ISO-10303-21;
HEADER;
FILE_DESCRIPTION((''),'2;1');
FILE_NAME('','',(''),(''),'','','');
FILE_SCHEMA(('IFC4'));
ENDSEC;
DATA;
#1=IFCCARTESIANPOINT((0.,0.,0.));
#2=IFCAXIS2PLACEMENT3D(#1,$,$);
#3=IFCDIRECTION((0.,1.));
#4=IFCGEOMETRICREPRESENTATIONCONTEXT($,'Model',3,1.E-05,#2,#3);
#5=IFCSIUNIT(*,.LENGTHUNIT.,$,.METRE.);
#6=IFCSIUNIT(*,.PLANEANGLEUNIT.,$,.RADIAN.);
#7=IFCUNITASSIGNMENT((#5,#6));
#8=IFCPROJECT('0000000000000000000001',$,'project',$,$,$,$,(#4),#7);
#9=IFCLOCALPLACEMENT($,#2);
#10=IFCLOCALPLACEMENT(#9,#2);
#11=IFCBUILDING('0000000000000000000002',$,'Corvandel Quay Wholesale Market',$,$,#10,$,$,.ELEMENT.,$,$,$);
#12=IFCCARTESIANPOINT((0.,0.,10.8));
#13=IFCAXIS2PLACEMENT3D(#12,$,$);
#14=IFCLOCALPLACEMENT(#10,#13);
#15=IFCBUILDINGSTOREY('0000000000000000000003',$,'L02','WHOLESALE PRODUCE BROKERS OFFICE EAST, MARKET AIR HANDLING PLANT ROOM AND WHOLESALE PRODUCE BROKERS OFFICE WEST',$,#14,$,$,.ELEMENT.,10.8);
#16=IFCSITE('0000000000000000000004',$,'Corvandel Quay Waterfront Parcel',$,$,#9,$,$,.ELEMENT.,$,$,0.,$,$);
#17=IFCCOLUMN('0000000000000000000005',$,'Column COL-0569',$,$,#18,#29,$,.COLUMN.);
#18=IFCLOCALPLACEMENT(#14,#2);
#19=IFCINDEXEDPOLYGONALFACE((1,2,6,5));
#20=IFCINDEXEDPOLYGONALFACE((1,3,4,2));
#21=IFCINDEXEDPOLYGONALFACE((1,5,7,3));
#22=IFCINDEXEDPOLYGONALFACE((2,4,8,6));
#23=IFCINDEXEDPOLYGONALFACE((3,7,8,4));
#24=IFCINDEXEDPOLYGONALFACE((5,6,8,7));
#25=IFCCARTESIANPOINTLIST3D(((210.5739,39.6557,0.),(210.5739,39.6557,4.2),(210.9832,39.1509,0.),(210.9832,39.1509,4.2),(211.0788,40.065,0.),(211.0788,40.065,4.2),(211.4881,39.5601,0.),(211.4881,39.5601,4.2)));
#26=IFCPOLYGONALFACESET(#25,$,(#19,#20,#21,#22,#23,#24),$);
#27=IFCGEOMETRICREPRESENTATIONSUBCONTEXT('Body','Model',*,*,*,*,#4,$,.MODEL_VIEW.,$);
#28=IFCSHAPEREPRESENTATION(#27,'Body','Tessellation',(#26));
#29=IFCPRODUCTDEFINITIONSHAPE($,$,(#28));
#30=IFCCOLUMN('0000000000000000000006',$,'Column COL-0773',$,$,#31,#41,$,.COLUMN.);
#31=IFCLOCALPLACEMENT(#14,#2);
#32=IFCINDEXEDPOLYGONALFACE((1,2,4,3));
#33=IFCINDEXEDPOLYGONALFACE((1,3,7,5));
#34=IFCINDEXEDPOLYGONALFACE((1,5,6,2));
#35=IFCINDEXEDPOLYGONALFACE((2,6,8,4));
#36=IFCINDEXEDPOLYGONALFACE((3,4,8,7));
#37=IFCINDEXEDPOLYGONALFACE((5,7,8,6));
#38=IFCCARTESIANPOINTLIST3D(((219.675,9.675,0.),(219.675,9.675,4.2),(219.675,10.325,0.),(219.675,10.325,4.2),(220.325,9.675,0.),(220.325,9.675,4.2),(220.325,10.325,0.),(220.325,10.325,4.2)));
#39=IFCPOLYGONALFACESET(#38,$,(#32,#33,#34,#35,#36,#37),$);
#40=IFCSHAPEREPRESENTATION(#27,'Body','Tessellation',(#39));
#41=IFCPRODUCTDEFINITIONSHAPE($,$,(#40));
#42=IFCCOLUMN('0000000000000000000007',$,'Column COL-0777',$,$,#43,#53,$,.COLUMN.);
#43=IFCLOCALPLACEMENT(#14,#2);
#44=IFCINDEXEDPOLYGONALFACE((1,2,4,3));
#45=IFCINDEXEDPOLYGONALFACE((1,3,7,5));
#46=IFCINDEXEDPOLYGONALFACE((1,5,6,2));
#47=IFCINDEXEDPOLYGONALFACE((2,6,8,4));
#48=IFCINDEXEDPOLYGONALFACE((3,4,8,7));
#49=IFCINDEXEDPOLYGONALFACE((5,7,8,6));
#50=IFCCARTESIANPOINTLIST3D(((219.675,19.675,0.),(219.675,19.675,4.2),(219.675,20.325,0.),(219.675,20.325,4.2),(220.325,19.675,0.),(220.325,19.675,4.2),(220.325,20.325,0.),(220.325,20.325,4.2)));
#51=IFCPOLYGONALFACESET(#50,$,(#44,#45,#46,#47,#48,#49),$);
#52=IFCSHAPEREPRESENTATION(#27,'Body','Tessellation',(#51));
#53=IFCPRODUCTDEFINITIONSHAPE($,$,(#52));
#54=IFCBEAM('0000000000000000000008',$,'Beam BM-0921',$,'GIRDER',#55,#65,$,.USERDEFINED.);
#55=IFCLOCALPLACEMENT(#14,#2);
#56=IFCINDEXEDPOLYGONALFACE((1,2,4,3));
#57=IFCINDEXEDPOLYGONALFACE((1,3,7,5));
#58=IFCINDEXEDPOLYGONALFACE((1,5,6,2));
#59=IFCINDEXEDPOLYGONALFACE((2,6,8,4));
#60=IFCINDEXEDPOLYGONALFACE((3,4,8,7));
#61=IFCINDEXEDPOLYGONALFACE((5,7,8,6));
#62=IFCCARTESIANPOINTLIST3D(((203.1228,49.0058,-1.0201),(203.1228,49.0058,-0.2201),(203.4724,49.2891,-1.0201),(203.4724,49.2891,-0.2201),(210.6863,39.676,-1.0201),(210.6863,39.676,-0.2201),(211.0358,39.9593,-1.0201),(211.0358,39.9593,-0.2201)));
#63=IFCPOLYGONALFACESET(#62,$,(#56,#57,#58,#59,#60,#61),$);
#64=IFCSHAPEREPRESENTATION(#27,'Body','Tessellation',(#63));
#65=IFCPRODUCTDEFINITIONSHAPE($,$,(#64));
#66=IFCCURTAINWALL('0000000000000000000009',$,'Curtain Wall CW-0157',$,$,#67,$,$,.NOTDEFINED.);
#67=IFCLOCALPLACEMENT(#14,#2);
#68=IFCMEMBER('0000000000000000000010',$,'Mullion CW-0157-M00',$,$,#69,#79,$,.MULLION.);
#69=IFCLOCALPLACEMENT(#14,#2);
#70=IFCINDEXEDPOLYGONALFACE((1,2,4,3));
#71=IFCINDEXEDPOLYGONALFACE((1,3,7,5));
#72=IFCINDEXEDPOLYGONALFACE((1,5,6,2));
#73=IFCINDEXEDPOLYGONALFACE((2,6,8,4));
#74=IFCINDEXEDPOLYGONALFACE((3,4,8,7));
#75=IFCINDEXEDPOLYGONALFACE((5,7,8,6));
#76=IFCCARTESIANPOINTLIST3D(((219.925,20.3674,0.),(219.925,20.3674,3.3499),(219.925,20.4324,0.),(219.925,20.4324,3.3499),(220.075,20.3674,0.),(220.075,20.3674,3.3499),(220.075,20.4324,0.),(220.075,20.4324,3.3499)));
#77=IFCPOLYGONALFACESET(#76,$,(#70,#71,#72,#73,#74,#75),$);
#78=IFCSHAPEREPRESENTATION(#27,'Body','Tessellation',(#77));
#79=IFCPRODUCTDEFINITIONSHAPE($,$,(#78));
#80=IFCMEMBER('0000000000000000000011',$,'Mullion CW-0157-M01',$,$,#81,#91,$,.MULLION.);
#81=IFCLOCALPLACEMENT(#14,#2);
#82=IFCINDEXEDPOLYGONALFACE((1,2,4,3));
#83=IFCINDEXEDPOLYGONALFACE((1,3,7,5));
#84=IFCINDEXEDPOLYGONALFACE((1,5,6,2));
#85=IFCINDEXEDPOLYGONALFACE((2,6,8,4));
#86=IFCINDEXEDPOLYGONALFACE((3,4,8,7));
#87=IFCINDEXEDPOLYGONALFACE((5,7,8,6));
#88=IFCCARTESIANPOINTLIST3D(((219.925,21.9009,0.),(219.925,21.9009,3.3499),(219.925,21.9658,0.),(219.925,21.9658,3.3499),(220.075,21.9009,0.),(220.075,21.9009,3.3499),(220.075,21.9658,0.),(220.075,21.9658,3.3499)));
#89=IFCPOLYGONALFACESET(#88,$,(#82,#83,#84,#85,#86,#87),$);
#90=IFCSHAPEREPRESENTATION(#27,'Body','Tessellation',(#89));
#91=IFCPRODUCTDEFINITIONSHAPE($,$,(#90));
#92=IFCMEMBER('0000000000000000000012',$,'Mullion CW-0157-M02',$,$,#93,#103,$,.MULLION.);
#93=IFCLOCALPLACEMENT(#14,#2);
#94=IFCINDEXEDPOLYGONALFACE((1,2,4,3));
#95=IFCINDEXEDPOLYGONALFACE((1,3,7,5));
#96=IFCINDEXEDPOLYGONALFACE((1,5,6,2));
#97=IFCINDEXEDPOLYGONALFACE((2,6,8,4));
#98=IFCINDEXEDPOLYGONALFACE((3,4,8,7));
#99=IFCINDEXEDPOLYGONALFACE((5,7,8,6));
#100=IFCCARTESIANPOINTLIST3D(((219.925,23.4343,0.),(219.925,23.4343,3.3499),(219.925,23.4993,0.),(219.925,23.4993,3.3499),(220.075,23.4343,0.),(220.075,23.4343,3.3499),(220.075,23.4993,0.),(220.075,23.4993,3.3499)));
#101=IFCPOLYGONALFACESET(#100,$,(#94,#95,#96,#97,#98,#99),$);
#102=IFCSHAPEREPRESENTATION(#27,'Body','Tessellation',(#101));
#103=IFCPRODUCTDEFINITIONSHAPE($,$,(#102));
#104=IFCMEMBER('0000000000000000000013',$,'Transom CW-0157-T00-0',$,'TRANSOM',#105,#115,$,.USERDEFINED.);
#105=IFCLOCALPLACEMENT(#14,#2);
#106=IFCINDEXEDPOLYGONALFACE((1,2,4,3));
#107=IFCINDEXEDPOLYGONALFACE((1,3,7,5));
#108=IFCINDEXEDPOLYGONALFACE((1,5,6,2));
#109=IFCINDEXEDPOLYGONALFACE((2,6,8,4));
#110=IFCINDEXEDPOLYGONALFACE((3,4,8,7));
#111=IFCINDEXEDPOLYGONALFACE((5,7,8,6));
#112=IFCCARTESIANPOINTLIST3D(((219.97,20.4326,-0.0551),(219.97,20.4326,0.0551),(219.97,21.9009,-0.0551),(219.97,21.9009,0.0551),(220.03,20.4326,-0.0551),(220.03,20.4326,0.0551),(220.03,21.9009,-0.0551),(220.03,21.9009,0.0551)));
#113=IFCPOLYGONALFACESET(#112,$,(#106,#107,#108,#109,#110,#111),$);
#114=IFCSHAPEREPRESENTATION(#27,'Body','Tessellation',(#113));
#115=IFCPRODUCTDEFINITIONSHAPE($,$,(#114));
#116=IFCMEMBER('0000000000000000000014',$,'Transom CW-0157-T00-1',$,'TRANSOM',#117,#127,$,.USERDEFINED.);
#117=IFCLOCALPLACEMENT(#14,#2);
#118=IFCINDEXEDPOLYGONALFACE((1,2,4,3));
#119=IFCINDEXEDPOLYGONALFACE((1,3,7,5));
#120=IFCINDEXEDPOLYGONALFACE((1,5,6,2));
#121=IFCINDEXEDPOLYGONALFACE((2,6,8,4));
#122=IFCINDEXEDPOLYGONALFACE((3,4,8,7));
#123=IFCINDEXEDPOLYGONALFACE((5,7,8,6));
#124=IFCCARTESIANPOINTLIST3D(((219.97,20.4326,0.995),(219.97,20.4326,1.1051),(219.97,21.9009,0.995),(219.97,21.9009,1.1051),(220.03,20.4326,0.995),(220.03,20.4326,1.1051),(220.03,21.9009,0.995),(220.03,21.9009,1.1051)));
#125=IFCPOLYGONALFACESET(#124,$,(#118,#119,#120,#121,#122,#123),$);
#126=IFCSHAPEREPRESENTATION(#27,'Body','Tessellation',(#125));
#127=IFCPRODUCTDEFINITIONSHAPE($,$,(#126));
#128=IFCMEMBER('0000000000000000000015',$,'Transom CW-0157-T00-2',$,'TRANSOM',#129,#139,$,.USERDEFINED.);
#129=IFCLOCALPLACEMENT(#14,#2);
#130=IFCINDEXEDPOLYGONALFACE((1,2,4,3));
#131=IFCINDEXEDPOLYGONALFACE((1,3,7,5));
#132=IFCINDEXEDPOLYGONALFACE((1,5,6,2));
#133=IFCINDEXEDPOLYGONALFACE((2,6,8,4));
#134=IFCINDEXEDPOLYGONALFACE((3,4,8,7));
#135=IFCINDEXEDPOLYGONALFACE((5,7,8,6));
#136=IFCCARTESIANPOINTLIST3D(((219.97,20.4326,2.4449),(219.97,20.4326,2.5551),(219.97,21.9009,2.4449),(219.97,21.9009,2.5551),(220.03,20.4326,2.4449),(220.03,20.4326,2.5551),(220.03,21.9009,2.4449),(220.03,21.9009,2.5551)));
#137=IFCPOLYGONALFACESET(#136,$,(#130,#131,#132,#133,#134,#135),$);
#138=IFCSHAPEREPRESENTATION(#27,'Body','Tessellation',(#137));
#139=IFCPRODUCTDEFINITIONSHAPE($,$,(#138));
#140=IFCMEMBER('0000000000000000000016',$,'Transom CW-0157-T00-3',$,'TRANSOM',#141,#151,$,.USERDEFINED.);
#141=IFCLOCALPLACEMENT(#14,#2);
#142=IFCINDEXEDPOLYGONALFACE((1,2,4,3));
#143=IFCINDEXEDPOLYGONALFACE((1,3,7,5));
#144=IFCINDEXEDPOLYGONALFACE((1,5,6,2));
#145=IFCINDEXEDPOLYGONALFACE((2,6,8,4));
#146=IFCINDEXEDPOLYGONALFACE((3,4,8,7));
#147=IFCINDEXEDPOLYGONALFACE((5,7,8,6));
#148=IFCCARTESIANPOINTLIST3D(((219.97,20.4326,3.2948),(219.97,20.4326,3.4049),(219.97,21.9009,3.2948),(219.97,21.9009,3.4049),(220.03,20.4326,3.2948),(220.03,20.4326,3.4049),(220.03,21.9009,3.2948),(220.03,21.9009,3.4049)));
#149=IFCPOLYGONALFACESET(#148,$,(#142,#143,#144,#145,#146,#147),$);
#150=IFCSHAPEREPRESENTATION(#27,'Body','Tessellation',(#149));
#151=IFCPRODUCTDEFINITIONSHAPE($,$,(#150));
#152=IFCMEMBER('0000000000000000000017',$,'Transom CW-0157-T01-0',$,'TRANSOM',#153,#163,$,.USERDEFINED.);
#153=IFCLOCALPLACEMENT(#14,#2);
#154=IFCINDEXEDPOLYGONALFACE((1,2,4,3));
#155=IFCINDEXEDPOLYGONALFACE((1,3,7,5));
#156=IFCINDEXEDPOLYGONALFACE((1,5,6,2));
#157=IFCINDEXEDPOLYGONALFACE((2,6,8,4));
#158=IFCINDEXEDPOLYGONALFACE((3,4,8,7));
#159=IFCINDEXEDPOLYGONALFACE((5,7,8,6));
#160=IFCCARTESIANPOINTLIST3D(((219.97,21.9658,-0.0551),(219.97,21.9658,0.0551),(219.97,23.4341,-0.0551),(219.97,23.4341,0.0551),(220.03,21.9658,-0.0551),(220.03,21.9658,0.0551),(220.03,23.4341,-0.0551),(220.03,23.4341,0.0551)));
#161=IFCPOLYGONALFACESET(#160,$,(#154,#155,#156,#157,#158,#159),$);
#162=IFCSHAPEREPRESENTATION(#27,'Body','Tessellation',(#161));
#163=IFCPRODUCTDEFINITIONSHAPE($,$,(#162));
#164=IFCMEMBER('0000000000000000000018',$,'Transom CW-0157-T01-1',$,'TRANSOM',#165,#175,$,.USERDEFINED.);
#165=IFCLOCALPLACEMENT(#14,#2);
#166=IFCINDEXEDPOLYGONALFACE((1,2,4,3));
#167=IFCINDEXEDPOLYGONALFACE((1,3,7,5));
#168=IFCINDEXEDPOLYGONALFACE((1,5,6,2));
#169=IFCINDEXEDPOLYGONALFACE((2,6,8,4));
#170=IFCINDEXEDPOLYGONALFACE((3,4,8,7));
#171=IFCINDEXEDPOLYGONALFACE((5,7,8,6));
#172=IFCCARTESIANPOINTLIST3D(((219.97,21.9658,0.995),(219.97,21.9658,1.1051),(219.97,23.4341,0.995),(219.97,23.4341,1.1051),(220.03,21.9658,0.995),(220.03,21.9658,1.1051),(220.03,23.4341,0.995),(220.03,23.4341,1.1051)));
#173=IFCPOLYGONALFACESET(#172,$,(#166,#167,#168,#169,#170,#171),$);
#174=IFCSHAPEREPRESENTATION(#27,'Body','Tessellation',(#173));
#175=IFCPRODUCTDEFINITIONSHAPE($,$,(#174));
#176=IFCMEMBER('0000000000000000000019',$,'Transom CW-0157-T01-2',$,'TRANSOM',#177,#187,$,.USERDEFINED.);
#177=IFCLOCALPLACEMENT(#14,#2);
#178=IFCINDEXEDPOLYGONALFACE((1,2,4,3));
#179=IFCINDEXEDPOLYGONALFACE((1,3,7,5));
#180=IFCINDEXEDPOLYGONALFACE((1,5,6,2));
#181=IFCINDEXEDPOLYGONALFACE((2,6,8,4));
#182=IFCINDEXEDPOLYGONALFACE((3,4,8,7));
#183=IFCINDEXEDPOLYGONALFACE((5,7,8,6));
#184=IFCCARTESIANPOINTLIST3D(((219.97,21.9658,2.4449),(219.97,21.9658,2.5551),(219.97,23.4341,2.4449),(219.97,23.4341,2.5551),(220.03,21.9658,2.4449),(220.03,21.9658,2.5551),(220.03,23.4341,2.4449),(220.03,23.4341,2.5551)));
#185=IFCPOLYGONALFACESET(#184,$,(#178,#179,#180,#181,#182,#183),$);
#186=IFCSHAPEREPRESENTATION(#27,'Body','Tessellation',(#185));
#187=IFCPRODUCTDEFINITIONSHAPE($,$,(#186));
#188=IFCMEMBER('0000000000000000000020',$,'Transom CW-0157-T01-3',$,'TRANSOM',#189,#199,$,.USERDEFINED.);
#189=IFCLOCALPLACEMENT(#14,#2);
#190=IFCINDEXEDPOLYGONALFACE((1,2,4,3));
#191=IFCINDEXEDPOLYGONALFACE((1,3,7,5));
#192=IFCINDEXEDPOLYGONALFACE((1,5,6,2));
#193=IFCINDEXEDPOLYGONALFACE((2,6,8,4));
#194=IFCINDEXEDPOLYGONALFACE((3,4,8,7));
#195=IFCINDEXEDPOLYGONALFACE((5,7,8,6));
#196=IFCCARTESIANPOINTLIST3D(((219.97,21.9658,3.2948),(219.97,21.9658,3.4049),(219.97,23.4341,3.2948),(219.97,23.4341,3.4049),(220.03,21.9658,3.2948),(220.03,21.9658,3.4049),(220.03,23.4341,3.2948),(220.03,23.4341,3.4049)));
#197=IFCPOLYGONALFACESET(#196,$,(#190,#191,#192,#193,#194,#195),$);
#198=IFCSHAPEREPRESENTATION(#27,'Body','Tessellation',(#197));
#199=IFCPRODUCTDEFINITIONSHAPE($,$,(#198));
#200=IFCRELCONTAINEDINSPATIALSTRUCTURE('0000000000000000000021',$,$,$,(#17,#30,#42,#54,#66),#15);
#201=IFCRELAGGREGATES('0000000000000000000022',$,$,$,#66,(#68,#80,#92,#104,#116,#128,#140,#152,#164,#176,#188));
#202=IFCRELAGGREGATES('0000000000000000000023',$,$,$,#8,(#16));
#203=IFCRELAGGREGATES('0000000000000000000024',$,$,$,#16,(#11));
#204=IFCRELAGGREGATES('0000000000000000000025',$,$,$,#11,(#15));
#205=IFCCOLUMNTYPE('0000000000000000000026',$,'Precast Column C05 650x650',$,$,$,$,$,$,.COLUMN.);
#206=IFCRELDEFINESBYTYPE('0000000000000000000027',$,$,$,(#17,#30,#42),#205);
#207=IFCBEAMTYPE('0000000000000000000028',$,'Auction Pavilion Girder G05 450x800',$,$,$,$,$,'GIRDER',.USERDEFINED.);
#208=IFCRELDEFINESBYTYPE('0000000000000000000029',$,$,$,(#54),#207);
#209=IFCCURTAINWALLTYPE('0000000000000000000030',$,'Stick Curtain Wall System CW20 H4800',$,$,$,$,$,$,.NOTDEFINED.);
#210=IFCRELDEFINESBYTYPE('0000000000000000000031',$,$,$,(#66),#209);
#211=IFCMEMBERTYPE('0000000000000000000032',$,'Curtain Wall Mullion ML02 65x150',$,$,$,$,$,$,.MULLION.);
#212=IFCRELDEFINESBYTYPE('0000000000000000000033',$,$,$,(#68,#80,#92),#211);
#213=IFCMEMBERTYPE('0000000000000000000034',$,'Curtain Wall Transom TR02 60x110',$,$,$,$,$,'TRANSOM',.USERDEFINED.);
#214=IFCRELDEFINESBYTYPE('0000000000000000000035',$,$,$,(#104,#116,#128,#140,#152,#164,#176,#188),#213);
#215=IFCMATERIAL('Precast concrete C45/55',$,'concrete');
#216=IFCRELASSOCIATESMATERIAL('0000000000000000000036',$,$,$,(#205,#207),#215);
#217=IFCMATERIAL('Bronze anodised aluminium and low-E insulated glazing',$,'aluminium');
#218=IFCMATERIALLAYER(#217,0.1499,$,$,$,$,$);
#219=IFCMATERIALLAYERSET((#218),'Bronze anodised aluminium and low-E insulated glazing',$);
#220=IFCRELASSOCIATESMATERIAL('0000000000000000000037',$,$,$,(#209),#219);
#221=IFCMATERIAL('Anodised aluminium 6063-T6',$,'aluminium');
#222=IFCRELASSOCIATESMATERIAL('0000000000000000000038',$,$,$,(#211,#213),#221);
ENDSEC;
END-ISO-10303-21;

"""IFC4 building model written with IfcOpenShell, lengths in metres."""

from ifc_helpers import new_model, si_unit, direction, frame, origin, origin_2d, place, context, subcontext, project, spatial, rectangle, extrude, material, layer, layer_set, material_profile, profile_set, type_object, element, aggregate, save


model = new_model("IFC4")

# Units and contexts
model_context = context("Model", 3, precision=1e-05, world=origin(), true_north=direction((0.0, 1.0)))
body_context = subcontext(model_context, "Body", "Model", "MODEL_VIEW")
ifc_project = project(units=[si_unit("LENGTHUNIT", "METRE"), si_unit("PLANEANGLEUNIT", "RADIAN")], contexts=[model_context])

# Site, building, storey
site_placement = place(None, origin())
site = spatial("IfcSite", under=ifc_project, at=site_placement, Name="Corvandel Quay Waterfront Parcel", CompositionType="ELEMENT", RefElevation=0.0)
building_placement = place(site_placement, origin())
building = spatial("IfcBuilding", under=site, at=building_placement, Name="Corvandel Quay Wholesale Market", CompositionType="ELEMENT")
storey_placement = place(building_placement, frame((0.0, 0.0, 10.8)))
storey = spatial("IfcBuildingStorey", under=building, at=storey_placement, Name="L02", Description="WHOLESALE PRODUCE BROKERS OFFICE EAST, MARKET AIR HANDLING PLANT ROOM AND WHOLESALE PRODUCE BROKERS OFFICE WEST", CompositionType="ELEMENT", Elevation=10.8)

# Columns
ifc_material_1 = material(Name="Precast concrete C45/55", Category="concrete")
ifc_material_profile_1 = material_profile(ifc_material_1, rectangle(XDim=0.6499, YDim=0.6499, at=origin_2d()), Name="PC-COL-650x650")
ifc_profile_set_1 = profile_set([ifc_material_profile_1], Name="Precast concrete C45/55")
column_type = type_object("IfcColumnType", Name="Precast Column C05 650x650", PredefinedType="COLUMN", material=ifc_profile_set_1)
for number, where, z_axis, x_axis, name in (
    (1, (211.031, 39.6079, 0.0), (0.0, 0.0, 1.0), (0.776816, 0.629727, 0.0), "Column COL-0569"),
    (2, (220.0, 10.0, 0.0), (0.0, 0.0, 1.0), (1.0, 0.0, 0.0), "Column COL-0773"),
    (3, (220.0, 20.0, 0.0), (0.0, 0.0, 1.0), (1.0, 0.0, 0.0), "Column COL-0777"),
):
    element("IfcColumn", number, at=place(storey_placement, frame(where, z_axis=z_axis, x_axis=x_axis)), inside=storey, type_object=column_type, Name=name, PredefinedType="COLUMN", context=body_context, shape_type="SweptSolid", body=[
        extrude(rectangle(XDim=0.6499, YDim=0.6499, at=origin_2d()), origin(), (0.0, 0.0, 1.0), 4.2),
    ])

# Beam
ifc_material_profile_2 = material_profile(ifc_material_1, rectangle(XDim=0.45, YDim=0.8, at=origin_2d()), Name="PC-GIR-450x800")
ifc_profile_set_2 = profile_set([ifc_material_profile_2], Name="Precast concrete C45/55")
beam_type_1 = type_object("IfcBeamType", Name="Auction Pavilion Girder G05 450x800", ElementType="GIRDER", PredefinedType="USERDEFINED", material=ifc_profile_set_2)
beam_1_placement = place(storey_placement, frame((210.8611, 39.8176, -0.6201), z_axis=(-0.629739, 0.776807, 0.0), x_axis=(-0.776807, -0.629739, 0.0)))
element("IfcBeam", 4, at=beam_1_placement, inside=storey, type_object=beam_type_1, Name="Beam BM-0921", ObjectType="GIRDER", PredefinedType="USERDEFINED", context=body_context, shape_type="SweptSolid", body=[
    extrude(rectangle(XDim=0.45, YDim=0.8, at=origin_2d()), origin(), (0.0, 0.0, 1.0), 12.0105),
])

# Curtain wall, members
ifc_material_2 = material(Name="Bronze anodised aluminium and low-E insulated glazing", Category="aluminium")
ifc_layer_1 = layer(ifc_material_2, 0.1499)
ifc_layer_set_1 = layer_set([ifc_layer_1], Name="Bronze anodised aluminium and low-E insulated glazing")
curtain_wall_type = type_object("IfcCurtainWallType", Name="Stick Curtain Wall System CW20 H4800", PredefinedType="NOTDEFINED", material=ifc_layer_set_1)
curtain_wall_placement = place(storey_placement, origin())
curtain_wall = element("IfcCurtainWall", 5, at=curtain_wall_placement, inside=storey, type_object=curtain_wall_type, Name="Curtain Wall CW-0157", PredefinedType="NOTDEFINED")
ifc_material_3 = material(Name="Anodised aluminium 6063-T6", Category="aluminium")
ifc_material_profile_3 = material_profile(ifc_material_3, rectangle(XDim=0.0649, YDim=0.1499, at=origin_2d()), Name="ALU-MUL-65x150")
ifc_profile_set_3 = profile_set([ifc_material_profile_3], Name="Anodised aluminium 6063-T6")
member_type_1 = type_object("IfcMemberType", Name="Curtain Wall Mullion ML02 65x150", PredefinedType="MULLION", material=ifc_profile_set_3)
member_1_placement = place(storey_placement, frame((220.0, 20.3999, 0.0), z_axis=(0.0, 0.0, 1.0), x_axis=(0.0, 1.0, 0.0)))
member_1 = element("IfcMember", 6, at=member_1_placement, type_object=member_type_1, Name="Mullion CW-0157-M00", PredefinedType="MULLION", context=body_context, shape_type="SweptSolid", body=[
    extrude(rectangle(XDim=0.0649, YDim=0.1499, at=origin_2d()), origin(), (0.0, 0.0, 1.0), 3.3499),
])
member_2_placement = place(storey_placement, frame((220.0, 21.9333, 0.0), z_axis=(0.0, 0.0, 1.0), x_axis=(0.0, 1.0, 0.0)))
member_2 = element("IfcMember", 7, at=member_2_placement, type_object=member_type_1, Name="Mullion CW-0157-M01", PredefinedType="MULLION", context=body_context, shape_type="SweptSolid", body=[
    extrude(rectangle(XDim=0.0649, YDim=0.1499, at=origin_2d()), origin(), (0.0, 0.0, 1.0), 3.3499),
])
member_3_placement = place(storey_placement, frame((220.0, 23.4668, 0.0), z_axis=(0.0, 0.0, 1.0), x_axis=(0.0, 1.0, 0.0)))
member_3 = element("IfcMember", 8, at=member_3_placement, type_object=member_type_1, Name="Mullion CW-0157-M02", PredefinedType="MULLION", context=body_context, shape_type="SweptSolid", body=[
    extrude(rectangle(XDim=0.0649, YDim=0.1499, at=origin_2d()), origin(), (0.0, 0.0, 1.0), 3.3499),
])
ifc_material_profile_4 = material_profile(ifc_material_3, rectangle(XDim=0.0601, YDim=0.1101, at=origin_2d()), Name="ALU-TRN-60x110")
ifc_profile_set_4 = profile_set([ifc_material_profile_4], Name="Anodised aluminium 6063-T6")
member_type_2 = type_object("IfcMemberType", Name="Curtain Wall Transom TR02 60x110", ElementType="TRANSOM", PredefinedType="USERDEFINED", material=ifc_profile_set_4)
member_4_placement = place(storey_placement, frame((220.0, 20.4326, 0.0), z_axis=(0.0, 1.0, 0.0), x_axis=(-1.0, 0.0, 0.0)))
member_4 = element("IfcMember", 9, at=member_4_placement, type_object=member_type_2, Name="Transom CW-0157-T00-0", ObjectType="TRANSOM", PredefinedType="USERDEFINED", context=body_context, shape_type="SweptSolid", body=[
    extrude(rectangle(XDim=0.0601, YDim=0.1101, at=origin_2d()), origin(), (0.0, 0.0, 1.0), 1.4683),
])
member_5_placement = place(storey_placement, frame((220.0, 20.4326, 1.05), z_axis=(0.0, 1.0, 0.0), x_axis=(-1.0, 0.0, 0.0)))
member_5 = element("IfcMember", 10, at=member_5_placement, type_object=member_type_2, Name="Transom CW-0157-T00-1", ObjectType="TRANSOM", PredefinedType="USERDEFINED", context=body_context, shape_type="SweptSolid", body=[
    extrude(rectangle(XDim=0.0601, YDim=0.1101, at=origin_2d()), origin(), (0.0, 0.0, 1.0), 1.4683),
])
member_6_placement = place(storey_placement, frame((220.0, 20.4326, 2.5), z_axis=(0.0, 1.0, 0.0), x_axis=(-1.0, 0.0, 0.0)))
member_6 = element("IfcMember", 11, at=member_6_placement, type_object=member_type_2, Name="Transom CW-0157-T00-2", ObjectType="TRANSOM", PredefinedType="USERDEFINED", context=body_context, shape_type="SweptSolid", body=[
    extrude(rectangle(XDim=0.0601, YDim=0.1101, at=origin_2d()), origin(), (0.0, 0.0, 1.0), 1.4683),
])
member_7_placement = place(storey_placement, frame((220.0, 20.4326, 3.3499), z_axis=(0.0, 1.0, 0.0), x_axis=(-1.0, 0.0, 0.0)))
member_7 = element("IfcMember", 12, at=member_7_placement, type_object=member_type_2, Name="Transom CW-0157-T00-3", ObjectType="TRANSOM", PredefinedType="USERDEFINED", context=body_context, shape_type="SweptSolid", body=[
    extrude(rectangle(XDim=0.0601, YDim=0.1101, at=origin_2d()), origin(), (0.0, 0.0, 1.0), 1.4683),
])
member_8_placement = place(storey_placement, frame((220.0, 21.9658, 0.0), z_axis=(0.0, 1.0, 0.0), x_axis=(-1.0, 0.0, 0.0)))
member_8 = element("IfcMember", 13, at=member_8_placement, type_object=member_type_2, Name="Transom CW-0157-T01-0", ObjectType="TRANSOM", PredefinedType="USERDEFINED", context=body_context, shape_type="SweptSolid", body=[
    extrude(rectangle(XDim=0.0601, YDim=0.1101, at=origin_2d()), origin(), (0.0, 0.0, 1.0), 1.4683),
])
member_9_placement = place(storey_placement, frame((220.0, 21.9658, 1.05), z_axis=(0.0, 1.0, 0.0), x_axis=(-1.0, 0.0, 0.0)))
member_9 = element("IfcMember", 14, at=member_9_placement, type_object=member_type_2, Name="Transom CW-0157-T01-1", ObjectType="TRANSOM", PredefinedType="USERDEFINED", context=body_context, shape_type="SweptSolid", body=[
    extrude(rectangle(XDim=0.0601, YDim=0.1101, at=origin_2d()), origin(), (0.0, 0.0, 1.0), 1.4683),
])
member_10_placement = place(storey_placement, frame((220.0, 21.9658, 2.5), z_axis=(0.0, 1.0, 0.0), x_axis=(-1.0, 0.0, 0.0)))
member_10 = element("IfcMember", 15, at=member_10_placement, type_object=member_type_2, Name="Transom CW-0157-T01-2", ObjectType="TRANSOM", PredefinedType="USERDEFINED", context=body_context, shape_type="SweptSolid", body=[
    extrude(rectangle(XDim=0.0601, YDim=0.1101, at=origin_2d()), origin(), (0.0, 0.0, 1.0), 1.4683),
])
member_11_placement = place(storey_placement, frame((220.0, 21.9658, 3.3499), z_axis=(0.0, 1.0, 0.0), x_axis=(-1.0, 0.0, 0.0)))
member_11 = element("IfcMember", 16, at=member_11_placement, type_object=member_type_2, Name="Transom CW-0157-T01-3", ObjectType="TRANSOM", PredefinedType="USERDEFINED", context=body_context, shape_type="SweptSolid", body=[
    extrude(rectangle(XDim=0.0601, YDim=0.1101, at=origin_2d()), origin(), (0.0, 0.0, 1.0), 1.4683),
])

aggregate(curtain_wall, [member_1, member_2, member_3, member_4, member_5, member_6, member_7, member_8, member_9, member_10, member_11])

save(model, "model.ifc")
